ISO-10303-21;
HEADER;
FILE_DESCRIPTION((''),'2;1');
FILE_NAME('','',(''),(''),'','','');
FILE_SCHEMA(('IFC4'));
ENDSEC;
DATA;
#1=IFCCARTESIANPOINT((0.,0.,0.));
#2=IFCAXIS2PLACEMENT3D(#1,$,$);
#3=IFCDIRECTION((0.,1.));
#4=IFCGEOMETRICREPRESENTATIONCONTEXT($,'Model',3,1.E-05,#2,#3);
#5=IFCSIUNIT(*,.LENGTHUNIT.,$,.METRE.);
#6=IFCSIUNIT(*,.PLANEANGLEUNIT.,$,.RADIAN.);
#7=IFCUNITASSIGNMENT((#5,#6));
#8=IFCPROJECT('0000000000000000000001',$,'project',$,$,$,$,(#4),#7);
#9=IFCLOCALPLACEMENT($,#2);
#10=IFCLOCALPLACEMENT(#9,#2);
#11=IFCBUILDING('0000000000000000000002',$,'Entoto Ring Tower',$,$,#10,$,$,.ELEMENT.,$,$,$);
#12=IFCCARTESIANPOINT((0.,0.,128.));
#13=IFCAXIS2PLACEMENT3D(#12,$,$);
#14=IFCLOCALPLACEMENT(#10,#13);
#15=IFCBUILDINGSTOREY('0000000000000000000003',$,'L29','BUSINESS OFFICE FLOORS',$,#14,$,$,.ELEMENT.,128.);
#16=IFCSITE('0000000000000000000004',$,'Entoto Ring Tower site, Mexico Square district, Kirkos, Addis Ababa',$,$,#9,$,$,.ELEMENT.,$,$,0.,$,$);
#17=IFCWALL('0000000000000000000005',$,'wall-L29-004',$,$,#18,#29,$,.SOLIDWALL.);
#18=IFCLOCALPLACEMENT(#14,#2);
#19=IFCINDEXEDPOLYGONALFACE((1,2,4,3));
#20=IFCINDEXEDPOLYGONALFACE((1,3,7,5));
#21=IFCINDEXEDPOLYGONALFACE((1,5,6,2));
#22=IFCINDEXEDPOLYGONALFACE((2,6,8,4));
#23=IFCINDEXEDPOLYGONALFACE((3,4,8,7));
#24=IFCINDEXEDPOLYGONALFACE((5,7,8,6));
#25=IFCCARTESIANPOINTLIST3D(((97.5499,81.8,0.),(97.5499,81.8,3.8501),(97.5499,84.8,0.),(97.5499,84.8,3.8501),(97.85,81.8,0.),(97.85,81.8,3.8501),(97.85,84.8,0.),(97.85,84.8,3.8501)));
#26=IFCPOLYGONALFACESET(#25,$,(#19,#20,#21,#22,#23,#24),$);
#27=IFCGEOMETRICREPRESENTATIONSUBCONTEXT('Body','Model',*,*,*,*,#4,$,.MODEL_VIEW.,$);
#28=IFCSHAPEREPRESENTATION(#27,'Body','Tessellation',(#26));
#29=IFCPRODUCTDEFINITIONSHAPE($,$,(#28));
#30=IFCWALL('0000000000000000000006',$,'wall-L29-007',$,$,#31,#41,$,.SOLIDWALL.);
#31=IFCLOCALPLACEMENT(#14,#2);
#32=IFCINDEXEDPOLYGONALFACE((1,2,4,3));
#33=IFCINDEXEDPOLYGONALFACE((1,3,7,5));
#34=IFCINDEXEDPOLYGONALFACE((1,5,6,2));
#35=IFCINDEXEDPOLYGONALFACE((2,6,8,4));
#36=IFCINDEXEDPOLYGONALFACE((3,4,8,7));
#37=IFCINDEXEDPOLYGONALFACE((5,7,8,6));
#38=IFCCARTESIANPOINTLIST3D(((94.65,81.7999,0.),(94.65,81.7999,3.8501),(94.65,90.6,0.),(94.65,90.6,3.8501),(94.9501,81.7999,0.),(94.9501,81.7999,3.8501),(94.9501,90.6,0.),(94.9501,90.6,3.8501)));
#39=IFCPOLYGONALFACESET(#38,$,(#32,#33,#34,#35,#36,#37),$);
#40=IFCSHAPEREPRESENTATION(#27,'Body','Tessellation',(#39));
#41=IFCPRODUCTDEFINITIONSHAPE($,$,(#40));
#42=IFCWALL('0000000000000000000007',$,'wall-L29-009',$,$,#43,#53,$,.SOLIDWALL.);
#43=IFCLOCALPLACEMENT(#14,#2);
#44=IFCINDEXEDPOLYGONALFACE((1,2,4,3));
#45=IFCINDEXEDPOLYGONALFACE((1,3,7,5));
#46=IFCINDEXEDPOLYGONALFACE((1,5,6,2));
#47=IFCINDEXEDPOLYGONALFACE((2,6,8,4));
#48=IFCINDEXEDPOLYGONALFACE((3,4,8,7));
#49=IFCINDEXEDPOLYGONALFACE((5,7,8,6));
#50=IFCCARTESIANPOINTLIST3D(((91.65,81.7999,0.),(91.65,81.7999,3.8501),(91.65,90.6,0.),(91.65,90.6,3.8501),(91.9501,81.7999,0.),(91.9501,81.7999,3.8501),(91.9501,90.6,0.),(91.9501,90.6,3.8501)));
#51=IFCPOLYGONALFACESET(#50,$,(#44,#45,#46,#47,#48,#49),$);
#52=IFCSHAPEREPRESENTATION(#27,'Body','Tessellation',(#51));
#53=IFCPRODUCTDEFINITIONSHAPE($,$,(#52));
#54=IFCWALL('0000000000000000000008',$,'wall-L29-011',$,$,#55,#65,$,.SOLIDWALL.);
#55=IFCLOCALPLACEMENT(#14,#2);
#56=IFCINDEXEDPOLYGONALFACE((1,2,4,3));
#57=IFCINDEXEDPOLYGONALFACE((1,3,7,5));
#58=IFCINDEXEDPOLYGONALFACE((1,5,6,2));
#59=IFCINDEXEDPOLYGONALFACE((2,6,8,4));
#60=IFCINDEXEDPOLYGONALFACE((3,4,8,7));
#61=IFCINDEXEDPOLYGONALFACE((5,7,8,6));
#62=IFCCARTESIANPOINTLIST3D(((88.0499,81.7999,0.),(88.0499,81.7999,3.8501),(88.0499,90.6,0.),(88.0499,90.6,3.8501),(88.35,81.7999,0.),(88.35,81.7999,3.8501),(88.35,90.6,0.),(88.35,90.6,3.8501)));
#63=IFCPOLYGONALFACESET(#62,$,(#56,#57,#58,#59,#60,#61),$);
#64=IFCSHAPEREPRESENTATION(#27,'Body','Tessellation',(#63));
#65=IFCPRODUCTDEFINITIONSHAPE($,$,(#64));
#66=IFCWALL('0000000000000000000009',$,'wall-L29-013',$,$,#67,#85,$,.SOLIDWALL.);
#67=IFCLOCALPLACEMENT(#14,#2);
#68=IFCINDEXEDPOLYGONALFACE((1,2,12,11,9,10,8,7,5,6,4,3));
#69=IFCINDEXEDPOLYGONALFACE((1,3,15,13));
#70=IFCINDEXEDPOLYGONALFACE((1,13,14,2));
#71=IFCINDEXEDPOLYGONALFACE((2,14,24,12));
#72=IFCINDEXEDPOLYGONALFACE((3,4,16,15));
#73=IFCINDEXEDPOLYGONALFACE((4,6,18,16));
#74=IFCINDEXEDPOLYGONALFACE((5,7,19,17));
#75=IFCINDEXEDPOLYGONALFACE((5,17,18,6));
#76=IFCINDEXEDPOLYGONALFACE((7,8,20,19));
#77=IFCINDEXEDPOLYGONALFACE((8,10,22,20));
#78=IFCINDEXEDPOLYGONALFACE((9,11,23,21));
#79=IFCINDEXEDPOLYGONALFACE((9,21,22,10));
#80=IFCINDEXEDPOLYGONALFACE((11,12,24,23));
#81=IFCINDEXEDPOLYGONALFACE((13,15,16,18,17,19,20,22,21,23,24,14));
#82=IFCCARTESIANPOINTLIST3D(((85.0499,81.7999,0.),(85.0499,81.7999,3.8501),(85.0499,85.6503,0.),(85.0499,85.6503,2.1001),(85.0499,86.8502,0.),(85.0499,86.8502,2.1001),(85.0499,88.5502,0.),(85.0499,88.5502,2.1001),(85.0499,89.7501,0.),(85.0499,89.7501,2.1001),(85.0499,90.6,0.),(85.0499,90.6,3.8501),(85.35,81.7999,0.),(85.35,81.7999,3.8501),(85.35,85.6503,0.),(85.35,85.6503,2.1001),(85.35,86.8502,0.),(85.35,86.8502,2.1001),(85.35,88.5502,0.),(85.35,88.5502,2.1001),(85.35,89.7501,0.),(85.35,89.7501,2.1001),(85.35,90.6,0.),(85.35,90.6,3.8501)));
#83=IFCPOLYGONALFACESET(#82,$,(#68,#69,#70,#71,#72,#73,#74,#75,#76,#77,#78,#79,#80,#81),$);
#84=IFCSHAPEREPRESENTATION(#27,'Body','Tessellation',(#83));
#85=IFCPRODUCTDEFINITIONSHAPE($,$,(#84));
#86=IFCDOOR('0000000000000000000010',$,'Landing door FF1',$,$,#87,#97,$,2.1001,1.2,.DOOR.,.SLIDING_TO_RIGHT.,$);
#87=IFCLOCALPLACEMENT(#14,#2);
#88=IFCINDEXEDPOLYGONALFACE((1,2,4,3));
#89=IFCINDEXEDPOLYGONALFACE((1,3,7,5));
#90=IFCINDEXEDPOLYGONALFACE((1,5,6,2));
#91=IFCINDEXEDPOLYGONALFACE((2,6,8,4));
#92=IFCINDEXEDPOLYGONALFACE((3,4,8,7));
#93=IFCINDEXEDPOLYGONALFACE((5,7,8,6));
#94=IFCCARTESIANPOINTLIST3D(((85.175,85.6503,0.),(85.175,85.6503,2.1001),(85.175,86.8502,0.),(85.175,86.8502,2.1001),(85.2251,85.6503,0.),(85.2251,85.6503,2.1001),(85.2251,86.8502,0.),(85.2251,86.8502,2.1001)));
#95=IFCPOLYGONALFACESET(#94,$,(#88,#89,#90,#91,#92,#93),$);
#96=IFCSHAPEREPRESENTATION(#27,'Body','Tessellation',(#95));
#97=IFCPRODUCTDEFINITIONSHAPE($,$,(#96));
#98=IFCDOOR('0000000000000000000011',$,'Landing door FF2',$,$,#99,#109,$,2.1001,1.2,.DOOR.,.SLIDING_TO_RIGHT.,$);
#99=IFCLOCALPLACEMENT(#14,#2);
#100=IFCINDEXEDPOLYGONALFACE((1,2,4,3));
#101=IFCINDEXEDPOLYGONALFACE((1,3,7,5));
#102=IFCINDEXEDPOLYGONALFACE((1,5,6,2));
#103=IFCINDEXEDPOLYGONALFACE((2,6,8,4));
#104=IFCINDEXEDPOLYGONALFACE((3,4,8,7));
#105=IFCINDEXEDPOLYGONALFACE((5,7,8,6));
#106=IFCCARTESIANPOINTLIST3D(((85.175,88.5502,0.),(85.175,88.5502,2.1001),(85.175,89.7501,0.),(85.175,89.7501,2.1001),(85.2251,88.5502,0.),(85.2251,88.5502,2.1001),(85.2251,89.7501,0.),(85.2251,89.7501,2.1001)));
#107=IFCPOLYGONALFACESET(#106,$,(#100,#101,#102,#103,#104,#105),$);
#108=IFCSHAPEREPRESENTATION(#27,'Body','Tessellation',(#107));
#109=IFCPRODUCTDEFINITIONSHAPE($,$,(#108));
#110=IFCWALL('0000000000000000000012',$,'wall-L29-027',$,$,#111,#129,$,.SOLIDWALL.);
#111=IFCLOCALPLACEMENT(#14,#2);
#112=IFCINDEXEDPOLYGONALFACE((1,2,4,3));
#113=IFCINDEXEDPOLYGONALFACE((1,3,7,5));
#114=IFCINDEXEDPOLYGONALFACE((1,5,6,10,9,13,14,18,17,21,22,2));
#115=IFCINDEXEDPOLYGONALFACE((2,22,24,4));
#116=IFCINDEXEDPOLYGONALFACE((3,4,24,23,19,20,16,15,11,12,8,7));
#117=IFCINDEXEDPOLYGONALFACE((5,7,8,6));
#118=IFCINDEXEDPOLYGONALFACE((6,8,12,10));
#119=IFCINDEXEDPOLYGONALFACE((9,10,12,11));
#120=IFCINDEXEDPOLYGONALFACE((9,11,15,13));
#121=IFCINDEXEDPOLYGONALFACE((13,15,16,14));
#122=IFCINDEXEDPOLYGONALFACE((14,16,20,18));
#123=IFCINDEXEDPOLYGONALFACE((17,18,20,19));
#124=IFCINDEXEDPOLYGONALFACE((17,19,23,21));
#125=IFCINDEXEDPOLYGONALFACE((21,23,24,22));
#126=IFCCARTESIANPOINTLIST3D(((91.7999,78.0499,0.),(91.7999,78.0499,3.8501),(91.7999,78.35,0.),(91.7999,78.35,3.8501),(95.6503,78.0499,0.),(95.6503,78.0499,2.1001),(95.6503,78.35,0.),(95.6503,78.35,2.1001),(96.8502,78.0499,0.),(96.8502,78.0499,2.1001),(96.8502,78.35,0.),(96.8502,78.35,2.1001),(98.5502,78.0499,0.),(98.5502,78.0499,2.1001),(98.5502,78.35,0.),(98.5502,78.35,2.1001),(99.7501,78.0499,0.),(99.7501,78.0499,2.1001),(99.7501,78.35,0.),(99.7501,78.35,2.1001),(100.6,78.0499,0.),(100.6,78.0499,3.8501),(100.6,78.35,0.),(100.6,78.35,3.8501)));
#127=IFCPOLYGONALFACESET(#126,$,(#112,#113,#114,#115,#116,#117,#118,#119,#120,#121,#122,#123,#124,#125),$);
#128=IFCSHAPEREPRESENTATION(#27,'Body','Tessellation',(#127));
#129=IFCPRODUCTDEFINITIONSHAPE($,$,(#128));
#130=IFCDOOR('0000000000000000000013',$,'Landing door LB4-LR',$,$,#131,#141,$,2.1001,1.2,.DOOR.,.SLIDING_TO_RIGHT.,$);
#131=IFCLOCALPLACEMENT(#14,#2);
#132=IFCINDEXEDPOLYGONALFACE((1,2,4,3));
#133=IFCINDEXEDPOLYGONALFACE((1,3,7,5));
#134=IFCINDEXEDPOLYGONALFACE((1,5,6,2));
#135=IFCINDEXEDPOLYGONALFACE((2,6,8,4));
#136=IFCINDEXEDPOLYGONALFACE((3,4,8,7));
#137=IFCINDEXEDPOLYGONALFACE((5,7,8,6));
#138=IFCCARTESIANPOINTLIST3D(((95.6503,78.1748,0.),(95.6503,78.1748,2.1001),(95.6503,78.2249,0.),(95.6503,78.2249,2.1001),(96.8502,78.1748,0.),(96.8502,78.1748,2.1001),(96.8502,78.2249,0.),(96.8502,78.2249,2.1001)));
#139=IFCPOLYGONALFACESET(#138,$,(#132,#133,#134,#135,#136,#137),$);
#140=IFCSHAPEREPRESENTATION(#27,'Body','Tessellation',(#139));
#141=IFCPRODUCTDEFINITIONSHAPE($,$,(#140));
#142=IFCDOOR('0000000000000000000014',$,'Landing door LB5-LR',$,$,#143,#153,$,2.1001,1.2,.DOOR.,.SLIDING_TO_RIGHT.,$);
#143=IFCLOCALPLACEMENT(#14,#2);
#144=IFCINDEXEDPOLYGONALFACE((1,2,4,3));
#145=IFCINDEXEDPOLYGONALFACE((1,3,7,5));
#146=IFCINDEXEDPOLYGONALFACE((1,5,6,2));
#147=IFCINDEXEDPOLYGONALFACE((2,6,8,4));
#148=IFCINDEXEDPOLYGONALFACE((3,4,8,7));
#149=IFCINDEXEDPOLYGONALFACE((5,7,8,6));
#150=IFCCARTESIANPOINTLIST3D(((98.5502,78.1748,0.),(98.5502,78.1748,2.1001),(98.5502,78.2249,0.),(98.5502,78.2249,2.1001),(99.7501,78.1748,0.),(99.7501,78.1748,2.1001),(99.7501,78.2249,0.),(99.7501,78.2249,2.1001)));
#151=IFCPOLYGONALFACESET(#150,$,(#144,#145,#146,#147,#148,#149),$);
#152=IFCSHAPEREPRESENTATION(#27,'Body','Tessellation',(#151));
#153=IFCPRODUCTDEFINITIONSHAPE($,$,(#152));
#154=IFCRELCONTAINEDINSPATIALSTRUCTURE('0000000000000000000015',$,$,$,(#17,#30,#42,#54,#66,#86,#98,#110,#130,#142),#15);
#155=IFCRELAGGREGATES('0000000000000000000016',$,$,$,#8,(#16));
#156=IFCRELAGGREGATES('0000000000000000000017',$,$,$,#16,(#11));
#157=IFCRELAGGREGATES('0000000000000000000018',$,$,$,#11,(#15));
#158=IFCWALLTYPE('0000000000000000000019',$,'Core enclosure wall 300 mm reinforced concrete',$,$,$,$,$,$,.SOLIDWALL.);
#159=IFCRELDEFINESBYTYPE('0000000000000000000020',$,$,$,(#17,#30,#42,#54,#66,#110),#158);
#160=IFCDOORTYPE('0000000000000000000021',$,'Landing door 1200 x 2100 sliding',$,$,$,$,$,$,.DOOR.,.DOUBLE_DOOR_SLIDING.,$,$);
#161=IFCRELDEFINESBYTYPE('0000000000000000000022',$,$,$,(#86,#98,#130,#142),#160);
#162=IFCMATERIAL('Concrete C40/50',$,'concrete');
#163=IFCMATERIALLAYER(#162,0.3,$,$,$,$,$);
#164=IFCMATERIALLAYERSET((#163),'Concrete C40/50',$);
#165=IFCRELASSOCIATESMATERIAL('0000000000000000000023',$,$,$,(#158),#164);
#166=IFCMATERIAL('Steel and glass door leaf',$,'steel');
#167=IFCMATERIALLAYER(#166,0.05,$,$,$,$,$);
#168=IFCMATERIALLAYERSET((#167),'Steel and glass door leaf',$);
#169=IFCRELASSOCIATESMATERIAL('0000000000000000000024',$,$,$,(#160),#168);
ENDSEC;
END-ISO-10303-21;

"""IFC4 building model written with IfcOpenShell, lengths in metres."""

from ifc_helpers import new_model, si_unit, direction, frame, frame_2d, origin, place, context, subcontext, project, spatial, rectangle, extrude, material, layer, layer_set, type_object, element, fill, save


model = new_model("IFC4")

# Units and contexts
model_context = context("Model", 3, precision=1e-05, world=origin(), true_north=direction((0.0, 1.0)))
body_context = subcontext(model_context, "Body", "Model", "MODEL_VIEW")
ifc_project = project(units=[si_unit("LENGTHUNIT", "METRE"), si_unit("PLANEANGLEUNIT", "RADIAN")], contexts=[model_context])

# Site, building, storey
site_placement = place(None, origin())
site = spatial("IfcSite", under=ifc_project, at=site_placement, Name="Entoto Ring Tower site, Mexico Square district, Kirkos, Addis Ababa", CompositionType="ELEMENT", RefElevation=0.0)
building_placement = place(site_placement, origin())
building = spatial("IfcBuilding", under=site, at=building_placement, Name="Entoto Ring Tower", CompositionType="ELEMENT")
storey_placement = place(building_placement, frame((0.0, 0.0, 128.0)))
storey = spatial("IfcBuildingStorey", under=building, at=storey_placement, Name="L29", Description="BUSINESS OFFICE FLOORS", CompositionType="ELEMENT", Elevation=128.0)

# Walls
ifc_material_1 = material(Name="Concrete C40/50", Category="concrete")
ifc_layer_1 = layer(ifc_material_1, 0.3)
ifc_layer_set_1 = layer_set([ifc_layer_1], Name="Concrete C40/50")
wall_type = type_object("IfcWallType", Name="Core enclosure wall 300 mm reinforced concrete", PredefinedType="SOLIDWALL", material=ifc_layer_set_1)
wall_1_placement = place(storey_placement, frame((97.7, 81.8, 0.0), z_axis=(0.0, 0.0, 1.0), x_axis=(0.0, 1.0, 0.0)))
element("IfcWall", 1, at=wall_1_placement, inside=storey, type_object=wall_type, Name="wall-L29-004", PredefinedType="SOLIDWALL", context=body_context, shape_type="SweptSolid", body=[
    extrude(rectangle(XDim=3.0, YDim=0.3, at=frame_2d((1.5, 0.0))), origin(), (0.0, 0.0, 1.0), 3.8501),
])
for number, where, z_axis, x_axis, name in (
    (2, (94.8, 81.8, 0.0), (0.0, 0.0, 1.0), (0.0, 1.0, 0.0), "wall-L29-007"),
    (3, (91.8, 81.8, 0.0), (0.0, 0.0, 1.0), (0.0, 1.0, 0.0), "wall-L29-009"),
    (4, (88.2, 81.8, 0.0), (0.0, 0.0, 1.0), (0.0, 1.0, 0.0), "wall-L29-011"),
):
    element("IfcWall", number, at=place(storey_placement, frame(where, z_axis=z_axis, x_axis=x_axis)), inside=storey, type_object=wall_type, Name=name, PredefinedType="SOLIDWALL", context=body_context, shape_type="SweptSolid", body=[
        extrude(rectangle(XDim=8.8, YDim=0.3, at=frame_2d((4.3999, 0.0))), origin(), (0.0, 0.0, 1.0), 3.8501),
    ])

# Walls, openings, doors
wall_2_placement = place(storey_placement, frame((85.2, 81.8, 0.0), z_axis=(0.0, 0.0, 1.0), x_axis=(0.0, 1.0, 0.0)))
wall_2 = element("IfcWall", 5, at=wall_2_placement, inside=storey, type_object=wall_type, Name="wall-L29-013", PredefinedType="SOLIDWALL", context=body_context, shape_type="SweptSolid", body=[
    extrude(rectangle(XDim=8.8, YDim=0.3, at=frame_2d((4.3999, 0.0))), origin(), (0.0, 0.0, 1.0), 3.8501),
])
opening_1_placement = place(wall_2_placement, frame((3.8501, 0.0, 0.0)))
opening_1 = element("IfcOpeningElement", 6, at=opening_1_placement, cuts=wall_2, PredefinedType="OPENING", context=body_context, shape_type="SweptSolid", body=[
    extrude(rectangle(XDim=1.2, YDim=2.1001, at=frame_2d((0.6001, 1.05))), frame((0.0, 0.1602, 0.0), z_axis=(0.0, -1.0, 0.0), x_axis=(1.0, 0.0, 0.0)), (0.0, 0.0, 1.0), 0.3201),
])
opening_2_placement = place(wall_2_placement, frame((6.75, 0.0, 0.0)))
opening_2 = element("IfcOpeningElement", 7, at=opening_2_placement, cuts=wall_2, PredefinedType="OPENING", context=body_context, shape_type="SweptSolid", body=[
    extrude(rectangle(XDim=1.2, YDim=2.1001, at=frame_2d((0.6001, 1.05))), frame((0.0, 0.1602, 0.0), z_axis=(0.0, -1.0, 0.0), x_axis=(1.0, 0.0, 0.0)), (0.0, 0.0, 1.0), 0.3201),
])
ifc_material_2 = material(Name="Steel and glass door leaf", Category="steel")
ifc_layer_2 = layer(ifc_material_2, 0.05)
ifc_layer_set_2 = layer_set([ifc_layer_2], Name="Steel and glass door leaf")
door_type = type_object("IfcDoorType", Name="Landing door 1200 x 2100 sliding", OperationType="DOUBLE_DOOR_SLIDING", PredefinedType="DOOR", material=ifc_layer_set_2)
door_1_placement = place(opening_1_placement, origin())
door_1 = element("IfcDoor", 8, at=door_1_placement, inside=storey, type_object=door_type, Name="Landing door FF1", OperationType="SLIDING_TO_RIGHT", OverallHeight=2.1001, OverallWidth=1.2, PredefinedType="DOOR", context=body_context, shape_type="SweptSolid", body=[
    extrude(rectangle(XDim=1.2, YDim=2.1001, at=frame_2d((0.6001, 1.05))), frame((0.0, 0.0249, 0.0), z_axis=(0.0, -1.0, 0.0), x_axis=(1.0, 0.0, 0.0)), (0.0, 0.0, 1.0), 0.05),
])
fill(opening_1, door_1)
door_2_placement = place(opening_2_placement, origin())
door_2 = element("IfcDoor", 9, at=door_2_placement, inside=storey, type_object=door_type, Name="Landing door FF2", OperationType="SLIDING_TO_RIGHT", OverallHeight=2.1001, OverallWidth=1.2, PredefinedType="DOOR", context=body_context, shape_type="SweptSolid", body=[
    extrude(rectangle(XDim=1.2, YDim=2.1001, at=frame_2d((0.6001, 1.05))), frame((0.0, 0.0249, 0.0), z_axis=(0.0, -1.0, 0.0), x_axis=(1.0, 0.0, 0.0)), (0.0, 0.0, 1.0), 0.05),
])
fill(opening_2, door_2)
wall_3_placement = place(storey_placement, frame((91.8, 78.2, 0.0), z_axis=(0.0, 0.0, 1.0), x_axis=(1.0, 0.0, 0.0)))
wall_3 = element("IfcWall", 10, at=wall_3_placement, inside=storey, type_object=wall_type, Name="wall-L29-027", PredefinedType="SOLIDWALL", context=body_context, shape_type="SweptSolid", body=[
    extrude(rectangle(XDim=8.8, YDim=0.3, at=frame_2d((4.3999, 0.0))), origin(), (0.0, 0.0, 1.0), 3.8501),
])
opening_3_placement = place(wall_3_placement, frame((3.8501, 0.0, 0.0)))
opening_3 = element("IfcOpeningElement", 11, at=opening_3_placement, cuts=wall_3, PredefinedType="OPENING", context=body_context, shape_type="SweptSolid", body=[
    extrude(rectangle(XDim=1.2, YDim=2.1001, at=frame_2d((0.6001, 1.05))), frame((0.0, 0.1602, 0.0), z_axis=(0.0, -1.0, 0.0), x_axis=(1.0, 0.0, 0.0)), (0.0, 0.0, 1.0), 0.3201),
])
opening_4_placement = place(wall_3_placement, frame((6.75, 0.0, 0.0)))
opening_4 = element("IfcOpeningElement", 12, at=opening_4_placement, cuts=wall_3, PredefinedType="OPENING", context=body_context, shape_type="SweptSolid", body=[
    extrude(rectangle(XDim=1.2, YDim=2.1001, at=frame_2d((0.6001, 1.05))), frame((0.0, 0.1602, 0.0), z_axis=(0.0, -1.0, 0.0), x_axis=(1.0, 0.0, 0.0)), (0.0, 0.0, 1.0), 0.3201),
])
door_3_placement = place(opening_3_placement, origin())
door_3 = element("IfcDoor", 13, at=door_3_placement, inside=storey, type_object=door_type, Name="Landing door LB4-LR", OperationType="SLIDING_TO_RIGHT", OverallHeight=2.1001, OverallWidth=1.2, PredefinedType="DOOR", context=body_context, shape_type="SweptSolid", body=[
    extrude(rectangle(XDim=1.2, YDim=2.1001, at=frame_2d((0.6001, 1.05))), frame((0.0, 0.0249, 0.0), z_axis=(0.0, -1.0, 0.0), x_axis=(1.0, 0.0, 0.0)), (0.0, 0.0, 1.0), 0.05),
])
fill(opening_3, door_3)
door_4_placement = place(opening_4_placement, origin())
door_4 = element("IfcDoor", 14, at=door_4_placement, inside=storey, type_object=door_type, Name="Landing door LB5-LR", OperationType="SLIDING_TO_RIGHT", OverallHeight=2.1001, OverallWidth=1.2, PredefinedType="DOOR", context=body_context, shape_type="SweptSolid", body=[
    extrude(rectangle(XDim=1.2, YDim=2.1001, at=frame_2d((0.6001, 1.05))), frame((0.0, 0.0249, 0.0), z_axis=(0.0, -1.0, 0.0), x_axis=(1.0, 0.0, 0.0)), (0.0, 0.0, 1.0), 0.05),
])
fill(opening_4, door_4)

save(model, "model.ifc")
